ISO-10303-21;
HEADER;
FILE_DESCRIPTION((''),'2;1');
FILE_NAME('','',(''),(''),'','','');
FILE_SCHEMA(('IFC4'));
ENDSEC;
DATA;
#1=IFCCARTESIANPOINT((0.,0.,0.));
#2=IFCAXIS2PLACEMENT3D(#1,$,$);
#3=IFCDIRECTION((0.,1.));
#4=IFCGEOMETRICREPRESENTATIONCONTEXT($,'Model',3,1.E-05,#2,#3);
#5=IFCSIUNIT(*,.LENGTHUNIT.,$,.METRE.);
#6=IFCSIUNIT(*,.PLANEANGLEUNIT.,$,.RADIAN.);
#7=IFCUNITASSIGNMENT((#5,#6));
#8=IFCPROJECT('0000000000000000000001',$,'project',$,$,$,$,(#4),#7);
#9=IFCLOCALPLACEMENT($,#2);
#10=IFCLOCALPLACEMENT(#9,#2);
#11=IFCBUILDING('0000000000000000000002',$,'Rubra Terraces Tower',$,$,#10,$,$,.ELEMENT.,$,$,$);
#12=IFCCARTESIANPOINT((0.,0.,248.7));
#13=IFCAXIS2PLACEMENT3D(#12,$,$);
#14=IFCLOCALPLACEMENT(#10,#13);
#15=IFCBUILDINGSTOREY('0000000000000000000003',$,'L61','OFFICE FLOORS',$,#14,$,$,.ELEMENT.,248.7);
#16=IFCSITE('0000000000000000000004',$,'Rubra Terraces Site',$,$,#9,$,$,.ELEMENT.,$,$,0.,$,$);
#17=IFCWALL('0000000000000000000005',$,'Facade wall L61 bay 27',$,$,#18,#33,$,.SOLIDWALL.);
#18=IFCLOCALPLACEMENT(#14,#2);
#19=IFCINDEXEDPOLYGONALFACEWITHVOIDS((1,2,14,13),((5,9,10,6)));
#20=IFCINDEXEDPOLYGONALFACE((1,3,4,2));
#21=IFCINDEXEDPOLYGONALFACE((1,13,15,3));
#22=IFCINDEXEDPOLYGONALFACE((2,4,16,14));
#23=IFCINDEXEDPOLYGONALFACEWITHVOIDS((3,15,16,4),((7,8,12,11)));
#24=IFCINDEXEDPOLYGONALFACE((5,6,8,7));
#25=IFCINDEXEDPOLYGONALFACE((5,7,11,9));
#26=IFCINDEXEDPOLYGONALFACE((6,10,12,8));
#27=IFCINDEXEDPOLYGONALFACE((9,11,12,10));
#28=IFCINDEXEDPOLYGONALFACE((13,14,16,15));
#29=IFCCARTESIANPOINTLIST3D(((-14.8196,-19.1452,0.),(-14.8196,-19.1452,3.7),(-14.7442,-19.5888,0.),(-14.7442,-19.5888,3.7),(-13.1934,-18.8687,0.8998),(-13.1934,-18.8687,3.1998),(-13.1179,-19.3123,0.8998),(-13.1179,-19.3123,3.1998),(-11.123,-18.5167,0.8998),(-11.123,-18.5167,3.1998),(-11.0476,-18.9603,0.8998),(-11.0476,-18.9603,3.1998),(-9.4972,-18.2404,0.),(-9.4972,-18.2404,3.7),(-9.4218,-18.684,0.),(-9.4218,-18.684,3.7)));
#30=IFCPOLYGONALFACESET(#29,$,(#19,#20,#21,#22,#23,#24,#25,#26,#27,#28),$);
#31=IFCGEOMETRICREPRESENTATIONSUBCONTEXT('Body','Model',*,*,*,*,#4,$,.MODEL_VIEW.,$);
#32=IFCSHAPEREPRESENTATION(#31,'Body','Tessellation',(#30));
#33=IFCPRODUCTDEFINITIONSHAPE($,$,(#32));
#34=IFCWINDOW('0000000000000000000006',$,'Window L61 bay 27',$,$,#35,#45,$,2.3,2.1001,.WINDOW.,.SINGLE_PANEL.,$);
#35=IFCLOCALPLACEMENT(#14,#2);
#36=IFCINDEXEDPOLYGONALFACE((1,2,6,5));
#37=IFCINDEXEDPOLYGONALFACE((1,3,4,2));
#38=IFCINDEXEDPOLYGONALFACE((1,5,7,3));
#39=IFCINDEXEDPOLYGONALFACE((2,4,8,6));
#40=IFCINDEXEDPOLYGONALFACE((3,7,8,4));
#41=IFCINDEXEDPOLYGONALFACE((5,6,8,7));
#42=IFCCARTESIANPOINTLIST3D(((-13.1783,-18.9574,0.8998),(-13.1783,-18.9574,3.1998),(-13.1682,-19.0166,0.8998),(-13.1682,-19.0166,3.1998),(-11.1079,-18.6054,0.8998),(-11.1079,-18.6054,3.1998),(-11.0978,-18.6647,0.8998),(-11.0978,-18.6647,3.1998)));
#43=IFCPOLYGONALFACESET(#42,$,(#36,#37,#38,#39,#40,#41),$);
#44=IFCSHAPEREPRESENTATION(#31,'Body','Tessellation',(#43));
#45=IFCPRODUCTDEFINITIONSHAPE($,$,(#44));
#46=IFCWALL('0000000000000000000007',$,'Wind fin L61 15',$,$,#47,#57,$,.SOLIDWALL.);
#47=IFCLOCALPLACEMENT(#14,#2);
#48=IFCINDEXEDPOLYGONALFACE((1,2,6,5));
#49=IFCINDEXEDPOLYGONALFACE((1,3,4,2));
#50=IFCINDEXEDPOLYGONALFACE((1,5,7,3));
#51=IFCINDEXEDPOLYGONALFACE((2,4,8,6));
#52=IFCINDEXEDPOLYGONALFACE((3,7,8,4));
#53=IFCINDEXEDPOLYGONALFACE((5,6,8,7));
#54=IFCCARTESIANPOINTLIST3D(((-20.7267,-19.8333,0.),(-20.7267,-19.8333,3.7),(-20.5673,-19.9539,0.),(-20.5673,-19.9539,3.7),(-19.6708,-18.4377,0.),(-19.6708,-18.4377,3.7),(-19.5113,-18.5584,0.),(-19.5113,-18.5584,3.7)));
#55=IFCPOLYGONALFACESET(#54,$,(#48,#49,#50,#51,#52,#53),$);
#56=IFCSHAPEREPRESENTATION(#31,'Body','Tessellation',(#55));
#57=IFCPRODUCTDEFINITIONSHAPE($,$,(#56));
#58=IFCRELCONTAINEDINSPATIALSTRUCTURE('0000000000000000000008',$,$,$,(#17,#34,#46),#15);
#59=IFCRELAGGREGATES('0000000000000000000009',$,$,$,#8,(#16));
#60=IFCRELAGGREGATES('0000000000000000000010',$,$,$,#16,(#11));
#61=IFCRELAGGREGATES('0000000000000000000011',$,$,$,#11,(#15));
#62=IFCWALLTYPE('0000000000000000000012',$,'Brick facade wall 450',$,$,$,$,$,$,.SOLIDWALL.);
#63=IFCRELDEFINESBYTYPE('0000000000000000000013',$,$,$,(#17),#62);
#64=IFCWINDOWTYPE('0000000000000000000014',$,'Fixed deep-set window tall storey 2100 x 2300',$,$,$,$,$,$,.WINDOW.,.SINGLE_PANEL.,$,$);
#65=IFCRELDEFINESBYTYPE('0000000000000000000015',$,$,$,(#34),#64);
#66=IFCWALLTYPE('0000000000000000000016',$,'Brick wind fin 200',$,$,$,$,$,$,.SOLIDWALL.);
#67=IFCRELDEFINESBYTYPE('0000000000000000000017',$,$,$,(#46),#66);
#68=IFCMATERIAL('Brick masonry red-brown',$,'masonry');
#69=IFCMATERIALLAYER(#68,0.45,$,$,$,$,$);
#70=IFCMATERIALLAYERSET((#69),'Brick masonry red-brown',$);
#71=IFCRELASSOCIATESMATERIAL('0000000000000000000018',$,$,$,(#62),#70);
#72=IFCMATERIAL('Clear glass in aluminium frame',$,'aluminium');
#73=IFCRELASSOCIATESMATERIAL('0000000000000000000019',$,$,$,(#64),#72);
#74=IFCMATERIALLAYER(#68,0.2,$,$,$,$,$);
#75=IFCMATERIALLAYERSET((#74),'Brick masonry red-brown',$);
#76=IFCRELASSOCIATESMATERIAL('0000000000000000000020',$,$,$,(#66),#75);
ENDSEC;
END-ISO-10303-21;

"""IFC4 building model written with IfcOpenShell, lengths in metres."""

from ifc_helpers import new_model, si_unit, direction, frame, frame_2d, origin, place, context, subcontext, project, spatial, rectangle, extrude, material, layer, layer_set, type_object, element, fill, save


model = new_model("IFC4")

# Units and contexts
model_context = context("Model", 3, precision=1e-05, world=origin(), true_north=direction((0.0, 1.0)))
body_context = subcontext(model_context, "Body", "Model", "MODEL_VIEW")
ifc_project = project(units=[si_unit("LENGTHUNIT", "METRE"), si_unit("PLANEANGLEUNIT", "RADIAN")], contexts=[model_context])

# Site, building, storey
site_placement = place(None, origin())
site = spatial("IfcSite", under=ifc_project, at=site_placement, Name="Rubra Terraces Site", CompositionType="ELEMENT", RefElevation=0.0)
building_placement = place(site_placement, origin())
building = spatial("IfcBuilding", under=site, at=building_placement, Name="Rubra Terraces Tower", CompositionType="ELEMENT")
storey_placement = place(building_placement, frame((0.0, 0.0, 248.7)))
storey = spatial("IfcBuildingStorey", under=building, at=storey_placement, Name="L61", Description="OFFICE FLOORS", CompositionType="ELEMENT", Elevation=248.7)

# Wall, opening, window
ifc_material_1 = material(Name="Brick masonry red-brown", Category="masonry")
ifc_layer_1 = layer(ifc_material_1, 0.45)
ifc_layer_set_1 = layer_set([ifc_layer_1], Name="Brick masonry red-brown")
wall_type_1 = type_object("IfcWallType", Name="Brick facade wall 450", PredefinedType="SOLIDWALL", material=ifc_layer_set_1)
ifc_material_2 = material(Name="Clear glass in aluminium frame", Category="aluminium")
window_type = type_object("IfcWindowType", Name="Fixed deep-set window tall storey 2100 x 2300", PartitioningType="SINGLE_PANEL", PredefinedType="WINDOW", material=ifc_material_2)
wall_1_placement = place(storey_placement, frame((-14.7817, -19.3669, 0.0), z_axis=(0.0, 0.0, 1.0), x_axis=(0.985856, 0.167595, 0.0)))
wall_1 = element("IfcWall", 1, at=wall_1_placement, inside=storey, type_object=wall_type_1, Name="Facade wall L61 bay 27", PredefinedType="SOLIDWALL", context=body_context, shape_type="SweptSolid", body=[
    extrude(rectangle(XDim=5.3987, YDim=0.45, at=frame_2d((2.6992, 0.0))), origin(), (0.0, 0.0, 1.0), 3.7),
])
opening_1_placement = place(wall_1_placement, frame((1.6494, 0.0, 0.8999)))
opening_1 = element("IfcOpeningElement", 2, at=opening_1_placement, cuts=wall_1, PredefinedType="OPENING", context=body_context, shape_type="SweptSolid", body=[
    extrude(rectangle(XDim=2.1001, YDim=2.3, at=frame_2d((1.05, 1.1499))), frame((0.0, 0.2349, 0.0), z_axis=(0.0, -1.0, 0.0), x_axis=(1.0, 0.0, 0.0)), (0.0, 0.0, 1.0), 0.47),
])
window_1_placement = place(opening_1_placement, origin())
window_1 = element("IfcWindow", 3, at=window_1_placement, inside=storey, type_object=window_type, Name="Window L61 bay 27", OverallHeight=2.3, OverallWidth=2.1001, PartitioningType="SINGLE_PANEL", PredefinedType="WINDOW", context=body_context, shape_type="SweptSolid", body=[
    extrude(rectangle(XDim=2.1001, YDim=2.3, at=frame_2d((1.05, 1.1499))), frame((0.0, 0.135, 0.0), z_axis=(0.0, -1.0, 0.0), x_axis=(1.0, 0.0, 0.0)), (0.0, 0.0, 1.0), 0.0601),
])
fill(opening_1, window_1)

# Wall
ifc_layer_2 = layer(ifc_material_1, 0.2)
ifc_layer_set_2 = layer_set([ifc_layer_2], Name="Brick masonry red-brown")
wall_type_2 = type_object("IfcWallType", Name="Brick wind fin 200", PredefinedType="SOLIDWALL", material=ifc_layer_set_2)
wall_2_placement = place(storey_placement, frame((-19.5911, -18.498, 0.0), z_axis=(0.0, 0.0, 1.0), x_axis=(-0.603388, -0.797448, 0.0)))
element("IfcWall", 4, at=wall_2_placement, inside=storey, type_object=wall_type_2, Name="Wind fin L61 15", PredefinedType="SOLIDWALL", context=body_context, shape_type="SweptSolid", body=[
    extrude(rectangle(XDim=1.75, YDim=0.2, at=frame_2d((0.875, 0.0))), origin(), (0.0, 0.0, 1.0), 3.7),
])

save(model, "model.ifc")
